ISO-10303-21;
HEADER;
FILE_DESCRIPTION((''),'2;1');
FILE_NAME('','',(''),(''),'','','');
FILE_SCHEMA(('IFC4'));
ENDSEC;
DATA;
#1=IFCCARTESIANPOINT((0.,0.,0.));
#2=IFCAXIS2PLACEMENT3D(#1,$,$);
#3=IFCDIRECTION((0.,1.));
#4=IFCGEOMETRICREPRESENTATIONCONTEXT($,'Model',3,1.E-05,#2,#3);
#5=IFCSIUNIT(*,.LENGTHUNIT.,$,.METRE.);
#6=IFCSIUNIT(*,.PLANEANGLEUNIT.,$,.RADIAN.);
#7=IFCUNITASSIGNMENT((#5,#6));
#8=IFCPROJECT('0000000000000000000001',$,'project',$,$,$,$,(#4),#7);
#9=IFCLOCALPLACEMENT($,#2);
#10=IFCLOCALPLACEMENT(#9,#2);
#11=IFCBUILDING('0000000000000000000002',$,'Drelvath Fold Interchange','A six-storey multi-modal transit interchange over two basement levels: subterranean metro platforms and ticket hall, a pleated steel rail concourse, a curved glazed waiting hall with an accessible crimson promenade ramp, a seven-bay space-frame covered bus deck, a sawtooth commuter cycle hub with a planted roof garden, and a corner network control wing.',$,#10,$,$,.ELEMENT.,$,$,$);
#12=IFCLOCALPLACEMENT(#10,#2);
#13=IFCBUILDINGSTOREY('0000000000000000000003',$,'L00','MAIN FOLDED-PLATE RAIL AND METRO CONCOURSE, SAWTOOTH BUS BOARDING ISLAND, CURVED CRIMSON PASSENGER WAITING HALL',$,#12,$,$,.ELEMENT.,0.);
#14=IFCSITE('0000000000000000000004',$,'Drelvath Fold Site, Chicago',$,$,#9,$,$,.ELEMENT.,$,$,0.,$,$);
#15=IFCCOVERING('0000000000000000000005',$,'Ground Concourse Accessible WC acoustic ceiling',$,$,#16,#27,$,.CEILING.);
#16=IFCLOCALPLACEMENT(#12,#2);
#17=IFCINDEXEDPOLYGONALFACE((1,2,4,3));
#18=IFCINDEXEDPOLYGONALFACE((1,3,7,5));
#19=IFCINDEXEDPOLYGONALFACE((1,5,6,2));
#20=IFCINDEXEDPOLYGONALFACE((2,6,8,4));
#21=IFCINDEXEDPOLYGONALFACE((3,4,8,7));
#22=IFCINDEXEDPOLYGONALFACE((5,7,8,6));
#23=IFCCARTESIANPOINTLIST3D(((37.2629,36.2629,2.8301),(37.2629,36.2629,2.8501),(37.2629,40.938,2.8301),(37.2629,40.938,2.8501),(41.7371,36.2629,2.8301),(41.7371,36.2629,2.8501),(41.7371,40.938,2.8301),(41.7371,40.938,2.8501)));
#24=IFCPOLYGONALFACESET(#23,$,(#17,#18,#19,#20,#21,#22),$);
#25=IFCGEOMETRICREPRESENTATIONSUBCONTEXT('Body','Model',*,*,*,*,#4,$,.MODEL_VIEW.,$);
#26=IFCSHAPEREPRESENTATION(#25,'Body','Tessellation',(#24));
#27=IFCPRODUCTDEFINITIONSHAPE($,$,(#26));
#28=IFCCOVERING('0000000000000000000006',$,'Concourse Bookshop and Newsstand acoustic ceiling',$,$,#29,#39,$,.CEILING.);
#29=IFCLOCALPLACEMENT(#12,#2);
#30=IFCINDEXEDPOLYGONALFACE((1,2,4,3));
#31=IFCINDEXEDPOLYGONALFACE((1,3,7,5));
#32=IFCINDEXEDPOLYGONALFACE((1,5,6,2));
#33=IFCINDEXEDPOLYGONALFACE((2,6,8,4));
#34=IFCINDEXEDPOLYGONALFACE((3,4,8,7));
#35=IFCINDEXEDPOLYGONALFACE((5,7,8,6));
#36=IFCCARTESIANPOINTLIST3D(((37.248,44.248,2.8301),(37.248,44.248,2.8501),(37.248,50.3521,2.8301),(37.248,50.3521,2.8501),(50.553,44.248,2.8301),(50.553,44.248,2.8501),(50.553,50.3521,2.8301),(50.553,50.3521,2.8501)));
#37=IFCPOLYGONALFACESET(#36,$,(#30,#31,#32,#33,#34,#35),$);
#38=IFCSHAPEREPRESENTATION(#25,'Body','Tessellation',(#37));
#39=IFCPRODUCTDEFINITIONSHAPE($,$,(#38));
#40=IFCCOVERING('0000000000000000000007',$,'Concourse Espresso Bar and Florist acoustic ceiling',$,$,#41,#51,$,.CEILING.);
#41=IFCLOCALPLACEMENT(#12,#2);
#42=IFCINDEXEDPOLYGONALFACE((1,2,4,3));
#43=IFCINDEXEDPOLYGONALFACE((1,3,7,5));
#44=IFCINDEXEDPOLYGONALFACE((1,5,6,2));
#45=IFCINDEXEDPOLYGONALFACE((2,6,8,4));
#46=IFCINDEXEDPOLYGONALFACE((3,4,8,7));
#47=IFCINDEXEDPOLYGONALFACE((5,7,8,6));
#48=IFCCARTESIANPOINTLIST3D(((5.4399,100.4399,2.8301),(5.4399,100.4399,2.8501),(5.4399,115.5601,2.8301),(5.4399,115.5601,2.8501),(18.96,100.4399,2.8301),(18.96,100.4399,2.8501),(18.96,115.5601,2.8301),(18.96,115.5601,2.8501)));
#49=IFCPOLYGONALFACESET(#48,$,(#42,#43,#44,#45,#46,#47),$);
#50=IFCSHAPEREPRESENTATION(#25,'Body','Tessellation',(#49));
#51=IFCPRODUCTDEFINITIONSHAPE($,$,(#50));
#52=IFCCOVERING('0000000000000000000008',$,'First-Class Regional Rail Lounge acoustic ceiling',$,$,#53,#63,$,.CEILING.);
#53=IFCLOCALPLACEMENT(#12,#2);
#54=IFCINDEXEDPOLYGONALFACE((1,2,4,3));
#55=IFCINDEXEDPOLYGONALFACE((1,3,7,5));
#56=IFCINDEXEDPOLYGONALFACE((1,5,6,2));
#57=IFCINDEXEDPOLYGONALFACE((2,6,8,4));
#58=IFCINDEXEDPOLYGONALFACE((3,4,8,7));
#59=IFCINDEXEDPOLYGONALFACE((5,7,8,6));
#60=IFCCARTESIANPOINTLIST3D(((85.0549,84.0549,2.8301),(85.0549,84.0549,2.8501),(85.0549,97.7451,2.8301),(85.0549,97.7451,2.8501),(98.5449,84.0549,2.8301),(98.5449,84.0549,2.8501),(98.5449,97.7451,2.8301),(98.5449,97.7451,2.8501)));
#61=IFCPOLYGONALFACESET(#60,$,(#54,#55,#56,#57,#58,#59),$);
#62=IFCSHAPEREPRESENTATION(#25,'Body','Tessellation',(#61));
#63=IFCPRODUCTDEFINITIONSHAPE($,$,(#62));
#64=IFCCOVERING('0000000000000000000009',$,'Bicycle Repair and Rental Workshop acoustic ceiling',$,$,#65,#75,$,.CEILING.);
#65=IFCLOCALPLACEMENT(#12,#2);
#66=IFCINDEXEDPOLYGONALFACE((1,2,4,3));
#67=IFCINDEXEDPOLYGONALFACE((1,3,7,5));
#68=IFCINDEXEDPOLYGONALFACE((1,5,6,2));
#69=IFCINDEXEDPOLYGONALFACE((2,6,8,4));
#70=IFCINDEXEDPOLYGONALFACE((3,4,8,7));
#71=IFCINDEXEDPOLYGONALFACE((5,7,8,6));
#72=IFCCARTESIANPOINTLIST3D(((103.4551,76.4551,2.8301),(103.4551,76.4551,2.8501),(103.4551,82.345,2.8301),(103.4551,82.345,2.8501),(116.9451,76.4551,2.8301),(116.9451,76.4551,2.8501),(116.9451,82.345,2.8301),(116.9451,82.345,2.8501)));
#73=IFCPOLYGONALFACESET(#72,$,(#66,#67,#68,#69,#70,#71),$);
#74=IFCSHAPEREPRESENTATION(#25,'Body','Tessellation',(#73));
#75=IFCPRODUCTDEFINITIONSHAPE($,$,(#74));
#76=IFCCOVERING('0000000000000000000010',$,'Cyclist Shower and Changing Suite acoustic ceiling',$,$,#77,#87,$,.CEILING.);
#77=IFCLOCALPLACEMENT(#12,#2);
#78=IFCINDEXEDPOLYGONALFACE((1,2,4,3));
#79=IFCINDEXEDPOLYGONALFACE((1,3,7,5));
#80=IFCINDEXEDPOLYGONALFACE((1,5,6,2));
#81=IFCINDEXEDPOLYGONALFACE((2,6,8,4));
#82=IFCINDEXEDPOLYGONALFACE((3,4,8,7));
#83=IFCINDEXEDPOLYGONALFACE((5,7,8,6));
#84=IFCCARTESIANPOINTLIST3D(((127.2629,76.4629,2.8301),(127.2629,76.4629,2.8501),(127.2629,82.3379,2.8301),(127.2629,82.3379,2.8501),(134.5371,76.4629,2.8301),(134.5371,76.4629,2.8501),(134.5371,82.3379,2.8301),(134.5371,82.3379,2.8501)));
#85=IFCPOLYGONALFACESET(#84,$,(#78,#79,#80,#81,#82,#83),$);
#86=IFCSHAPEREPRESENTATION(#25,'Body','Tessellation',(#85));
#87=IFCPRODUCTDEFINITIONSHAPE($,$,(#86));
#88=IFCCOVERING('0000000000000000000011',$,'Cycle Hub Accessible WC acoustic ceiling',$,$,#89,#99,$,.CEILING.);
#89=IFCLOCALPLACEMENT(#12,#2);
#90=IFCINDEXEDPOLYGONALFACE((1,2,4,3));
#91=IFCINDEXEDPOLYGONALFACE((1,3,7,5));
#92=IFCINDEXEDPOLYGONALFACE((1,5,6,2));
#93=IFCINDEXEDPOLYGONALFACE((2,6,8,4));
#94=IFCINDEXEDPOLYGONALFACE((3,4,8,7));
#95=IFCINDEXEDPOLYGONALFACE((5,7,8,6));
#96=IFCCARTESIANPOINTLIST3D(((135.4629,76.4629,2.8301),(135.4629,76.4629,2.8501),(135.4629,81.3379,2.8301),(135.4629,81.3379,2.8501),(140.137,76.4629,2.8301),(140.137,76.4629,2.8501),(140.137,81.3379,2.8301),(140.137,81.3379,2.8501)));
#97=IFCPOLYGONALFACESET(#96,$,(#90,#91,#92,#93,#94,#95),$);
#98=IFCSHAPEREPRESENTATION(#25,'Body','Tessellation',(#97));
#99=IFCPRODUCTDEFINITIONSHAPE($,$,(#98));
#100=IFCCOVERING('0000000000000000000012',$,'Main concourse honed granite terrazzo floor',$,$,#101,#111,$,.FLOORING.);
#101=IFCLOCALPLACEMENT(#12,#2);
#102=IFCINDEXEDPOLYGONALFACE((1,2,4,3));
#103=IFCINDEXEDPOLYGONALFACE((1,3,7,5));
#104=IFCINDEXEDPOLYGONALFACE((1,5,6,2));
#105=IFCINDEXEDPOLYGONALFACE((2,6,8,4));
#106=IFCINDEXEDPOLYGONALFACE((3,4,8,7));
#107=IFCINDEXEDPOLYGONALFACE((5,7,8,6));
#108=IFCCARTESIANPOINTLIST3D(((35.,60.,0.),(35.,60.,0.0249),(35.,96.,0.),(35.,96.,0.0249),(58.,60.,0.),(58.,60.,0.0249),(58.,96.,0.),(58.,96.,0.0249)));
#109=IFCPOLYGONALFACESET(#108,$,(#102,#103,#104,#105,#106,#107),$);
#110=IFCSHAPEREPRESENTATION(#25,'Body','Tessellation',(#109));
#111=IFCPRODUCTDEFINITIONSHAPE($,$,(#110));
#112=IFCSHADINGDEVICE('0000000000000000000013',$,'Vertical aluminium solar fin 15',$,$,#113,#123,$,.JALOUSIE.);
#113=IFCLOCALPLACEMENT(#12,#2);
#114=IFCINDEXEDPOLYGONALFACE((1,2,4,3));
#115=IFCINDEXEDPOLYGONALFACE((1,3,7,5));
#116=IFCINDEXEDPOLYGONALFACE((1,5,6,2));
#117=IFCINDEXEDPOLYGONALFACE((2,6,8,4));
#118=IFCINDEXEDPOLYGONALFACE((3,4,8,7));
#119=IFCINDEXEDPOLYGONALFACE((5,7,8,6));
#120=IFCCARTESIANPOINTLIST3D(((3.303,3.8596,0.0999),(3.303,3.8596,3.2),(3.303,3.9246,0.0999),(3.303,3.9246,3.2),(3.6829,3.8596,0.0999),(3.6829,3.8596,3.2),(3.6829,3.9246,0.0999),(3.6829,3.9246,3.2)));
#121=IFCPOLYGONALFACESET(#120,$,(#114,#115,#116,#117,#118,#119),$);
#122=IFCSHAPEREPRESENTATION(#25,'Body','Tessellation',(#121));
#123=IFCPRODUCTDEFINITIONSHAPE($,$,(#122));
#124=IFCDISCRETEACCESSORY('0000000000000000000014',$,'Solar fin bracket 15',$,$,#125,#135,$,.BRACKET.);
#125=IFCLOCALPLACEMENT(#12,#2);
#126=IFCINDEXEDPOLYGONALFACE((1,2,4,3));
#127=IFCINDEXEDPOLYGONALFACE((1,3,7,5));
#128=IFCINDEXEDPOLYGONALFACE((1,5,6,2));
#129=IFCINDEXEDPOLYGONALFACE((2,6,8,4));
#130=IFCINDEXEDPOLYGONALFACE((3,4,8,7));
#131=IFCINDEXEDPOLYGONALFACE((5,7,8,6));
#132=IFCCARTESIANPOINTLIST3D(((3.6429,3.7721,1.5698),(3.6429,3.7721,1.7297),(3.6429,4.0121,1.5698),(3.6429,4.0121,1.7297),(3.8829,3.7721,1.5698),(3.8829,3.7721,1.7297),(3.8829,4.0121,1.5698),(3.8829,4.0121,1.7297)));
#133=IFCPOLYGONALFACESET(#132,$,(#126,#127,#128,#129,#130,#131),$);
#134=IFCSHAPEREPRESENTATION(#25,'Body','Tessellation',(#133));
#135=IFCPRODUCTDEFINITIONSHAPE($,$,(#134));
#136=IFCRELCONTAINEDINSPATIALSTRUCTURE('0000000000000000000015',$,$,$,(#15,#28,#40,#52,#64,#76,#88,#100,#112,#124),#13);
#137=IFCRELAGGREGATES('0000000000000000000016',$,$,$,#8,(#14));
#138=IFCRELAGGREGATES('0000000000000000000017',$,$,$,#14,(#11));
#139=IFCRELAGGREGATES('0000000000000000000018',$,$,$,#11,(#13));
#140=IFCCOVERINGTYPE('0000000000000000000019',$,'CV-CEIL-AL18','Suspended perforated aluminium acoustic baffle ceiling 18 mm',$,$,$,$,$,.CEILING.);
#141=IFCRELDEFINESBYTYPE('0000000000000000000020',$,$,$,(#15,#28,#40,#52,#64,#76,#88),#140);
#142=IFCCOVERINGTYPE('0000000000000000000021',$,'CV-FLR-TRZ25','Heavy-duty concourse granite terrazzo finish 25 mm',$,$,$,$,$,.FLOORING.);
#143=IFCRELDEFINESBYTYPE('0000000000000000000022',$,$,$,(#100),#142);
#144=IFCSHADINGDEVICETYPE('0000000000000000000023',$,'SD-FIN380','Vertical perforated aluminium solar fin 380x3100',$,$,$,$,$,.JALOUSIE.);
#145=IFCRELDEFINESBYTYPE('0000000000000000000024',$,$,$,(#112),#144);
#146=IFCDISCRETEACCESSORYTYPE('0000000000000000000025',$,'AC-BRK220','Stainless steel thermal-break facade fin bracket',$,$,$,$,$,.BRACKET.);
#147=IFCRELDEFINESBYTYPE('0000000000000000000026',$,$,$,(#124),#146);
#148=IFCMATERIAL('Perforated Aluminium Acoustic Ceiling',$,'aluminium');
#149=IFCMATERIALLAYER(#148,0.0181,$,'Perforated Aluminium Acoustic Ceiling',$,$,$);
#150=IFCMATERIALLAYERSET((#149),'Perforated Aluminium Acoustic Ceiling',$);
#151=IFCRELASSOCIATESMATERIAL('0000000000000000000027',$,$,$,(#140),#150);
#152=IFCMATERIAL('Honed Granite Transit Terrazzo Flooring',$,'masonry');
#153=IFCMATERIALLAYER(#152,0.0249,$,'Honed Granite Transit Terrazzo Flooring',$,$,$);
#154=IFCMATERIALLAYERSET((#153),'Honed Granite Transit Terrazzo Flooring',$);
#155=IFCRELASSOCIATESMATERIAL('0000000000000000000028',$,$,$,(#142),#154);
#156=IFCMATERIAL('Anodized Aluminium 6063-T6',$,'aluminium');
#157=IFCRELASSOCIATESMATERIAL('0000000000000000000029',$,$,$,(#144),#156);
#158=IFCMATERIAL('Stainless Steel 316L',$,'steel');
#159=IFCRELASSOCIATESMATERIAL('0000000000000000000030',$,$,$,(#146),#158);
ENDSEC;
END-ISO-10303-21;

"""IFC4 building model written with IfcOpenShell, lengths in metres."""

from ifc_helpers import new_model, si_unit, direction, frame, origin, origin_2d, place, context, subcontext, project, spatial, polyline, rectangle, outline, extrude, material, layer, layer_set, type_object, element, save


model = new_model("IFC4")

# Units and contexts
model_context = context("Model", 3, precision=1e-05, world=origin(), true_north=direction((0.0, 1.0)))
body_context = subcontext(model_context, "Body", "Model", "MODEL_VIEW")
ifc_project = project(units=[si_unit("LENGTHUNIT", "METRE"), si_unit("PLANEANGLEUNIT", "RADIAN")], contexts=[model_context])

# Site, building, storey
site_placement = place(None, origin())
site = spatial("IfcSite", under=ifc_project, at=site_placement, Name="Drelvath Fold Site, Chicago", CompositionType="ELEMENT", RefElevation=0.0)
building_placement = place(site_placement, origin())
building = spatial("IfcBuilding", under=site, at=building_placement, Name="Drelvath Fold Interchange", Description="A six-storey multi-modal transit interchange over two basement levels: subterranean metro platforms and ticket hall, a pleated steel rail concourse, a curved glazed waiting hall with an accessible crimson promenade ramp, a seven-bay space-frame covered bus deck, a sawtooth commuter cycle hub with a planted roof garden, and a corner network control wing.", CompositionType="ELEMENT")
storey_placement = place(building_placement, origin())
storey = spatial("IfcBuildingStorey", under=building, at=storey_placement, Name="L00", Description="MAIN FOLDED-PLATE RAIL AND METRO CONCOURSE, SAWTOOTH BUS BOARDING ISLAND, CURVED CRIMSON PASSENGER WAITING HALL", CompositionType="ELEMENT", Elevation=0.0)

# Shared definitions
ifc_material_1 = material(Name="Anodized Aluminium 6063-T6", Category="aluminium")

# Coverings
ifc_material_2 = material(Name="Perforated Aluminium Acoustic Ceiling", Category="aluminium")
ifc_layer_1 = layer(ifc_material_2, 0.0181, Name="Perforated Aluminium Acoustic Ceiling")
ifc_layer_set_1 = layer_set([ifc_layer_1], Name="Perforated Aluminium Acoustic Ceiling")
covering_type_1 = type_object("IfcCoveringType", Name="CV-CEIL-AL18", Description="Suspended perforated aluminium acoustic baffle ceiling 18 mm", PredefinedType="CEILING", material=ifc_layer_set_1)
covering_1_placement = place(storey_placement, frame((0.0, 0.0, 2.8301)))
element("IfcCovering", 1, at=covering_1_placement, inside=storey, type_object=covering_type_1, Name="Ground Concourse Accessible WC acoustic ceiling", PredefinedType="CEILING", context=body_context, shape_type="SweptSolid", body=[
    extrude(outline(polyline([(37.2629, 36.2629), (41.7371, 36.2629), (41.7371, 40.938), (37.2629, 40.938), (37.2629, 36.2629)])), origin(), (0.0, 0.0, 1.0), 0.02),
])
covering_2_placement = place(storey_placement, frame((0.0, 0.0, 2.8301)))
element("IfcCovering", 2, at=covering_2_placement, inside=storey, type_object=covering_type_1, Name="Concourse Bookshop and Newsstand acoustic ceiling", PredefinedType="CEILING", context=body_context, shape_type="SweptSolid", body=[
    extrude(outline(polyline([(37.248, 44.248), (50.553, 44.248), (50.553, 50.3521), (37.248, 50.3521), (37.248, 44.248)])), origin(), (0.0, 0.0, 1.0), 0.02),
])
covering_3_placement = place(storey_placement, frame((0.0, 0.0, 2.8301)))
element("IfcCovering", 3, at=covering_3_placement, inside=storey, type_object=covering_type_1, Name="Concourse Espresso Bar and Florist acoustic ceiling", PredefinedType="CEILING", context=body_context, shape_type="SweptSolid", body=[
    extrude(outline(polyline([(5.4399, 100.4399), (18.96, 100.4399), (18.96, 115.5601), (5.4399, 115.5601), (5.4399, 100.4399)])), origin(), (0.0, 0.0, 1.0), 0.02),
])
covering_4_placement = place(storey_placement, frame((0.0, 0.0, 2.8301)))
element("IfcCovering", 4, at=covering_4_placement, inside=storey, type_object=covering_type_1, Name="First-Class Regional Rail Lounge acoustic ceiling", PredefinedType="CEILING", context=body_context, shape_type="SweptSolid", body=[
    extrude(outline(polyline([(85.0549, 84.0549), (98.5449, 84.0549), (98.5449, 97.7451), (85.0549, 97.7451), (85.0549, 84.0549)])), origin(), (0.0, 0.0, 1.0), 0.02),
])
covering_5_placement = place(storey_placement, frame((0.0, 0.0, 2.8301)))
element("IfcCovering", 5, at=covering_5_placement, inside=storey, type_object=covering_type_1, Name="Bicycle Repair and Rental Workshop acoustic ceiling", PredefinedType="CEILING", context=body_context, shape_type="SweptSolid", body=[
    extrude(outline(polyline([(103.4551, 76.4551), (116.9451, 76.4551), (116.9451, 82.345), (103.4551, 82.345), (103.4551, 76.4551)])), origin(), (0.0, 0.0, 1.0), 0.02),
])
covering_6_placement = place(storey_placement, frame((0.0, 0.0, 2.8301)))
element("IfcCovering", 6, at=covering_6_placement, inside=storey, type_object=covering_type_1, Name="Cyclist Shower and Changing Suite acoustic ceiling", PredefinedType="CEILING", context=body_context, shape_type="SweptSolid", body=[
    extrude(outline(polyline([(127.2629, 76.4629), (134.5371, 76.4629), (134.5371, 82.3379), (127.2629, 82.3379), (127.2629, 76.4629)])), origin(), (0.0, 0.0, 1.0), 0.02),
])
covering_7_placement = place(storey_placement, frame((0.0, 0.0, 2.8301)))
element("IfcCovering", 7, at=covering_7_placement, inside=storey, type_object=covering_type_1, Name="Cycle Hub Accessible WC acoustic ceiling", PredefinedType="CEILING", context=body_context, shape_type="SweptSolid", body=[
    extrude(outline(polyline([(135.4629, 76.4629), (140.137, 76.4629), (140.137, 81.3379), (135.4629, 81.3379), (135.4629, 76.4629)])), origin(), (0.0, 0.0, 1.0), 0.02),
])
ifc_material_3 = material(Name="Honed Granite Transit Terrazzo Flooring", Category="masonry")
ifc_layer_2 = layer(ifc_material_3, 0.0249, Name="Honed Granite Transit Terrazzo Flooring")
ifc_layer_set_2 = layer_set([ifc_layer_2], Name="Honed Granite Transit Terrazzo Flooring")
covering_type_2 = type_object("IfcCoveringType", Name="CV-FLR-TRZ25", Description="Heavy-duty concourse granite terrazzo finish 25 mm", PredefinedType="FLOORING", material=ifc_layer_set_2)
covering_8_placement = place(storey_placement, origin())
element("IfcCovering", 8, at=covering_8_placement, inside=storey, type_object=covering_type_2, Name="Main concourse honed granite terrazzo floor", PredefinedType="FLOORING", context=body_context, shape_type="SweptSolid", body=[
    extrude(outline(polyline([(35.0, 60.0), (58.0, 60.0), (58.0, 96.0), (35.0, 96.0), (35.0, 60.0)])), origin(), (0.0, 0.0, 1.0), 0.0249),
])

# Shading device
shading_device_type = type_object("IfcShadingDeviceType", Name="SD-FIN380", Description="Vertical perforated aluminium solar fin 380x3100", PredefinedType="JALOUSIE", material=ifc_material_1)
shading_device_placement = place(storey_placement, frame((3.4929, 3.8921, 0.0999), z_axis=(0.0, 0.0, 1.0), x_axis=(1.0, 0.0, 0.0)))
element("IfcShadingDevice", 9, at=shading_device_placement, inside=storey, type_object=shading_device_type, Name="Vertical aluminium solar fin 15", PredefinedType="JALOUSIE", context=body_context, shape_type="SweptSolid", body=[
    extrude(rectangle(XDim=0.3799, YDim=0.0649, at=origin_2d()), origin(), (0.0, 0.0, 1.0), 3.1001),
])

# Discrete accessory
ifc_material_4 = material(Name="Stainless Steel 316L", Category="steel")
discrete_accessory_type = type_object("IfcDiscreteAccessoryType", Name="AC-BRK220", Description="Stainless steel thermal-break facade fin bracket", PredefinedType="BRACKET", material=ifc_material_4)
discrete_accessory_placement = place(storey_placement, frame((3.7629, 3.8921, 1.5698), z_axis=(0.0, 0.0, 1.0), x_axis=(1.0, 0.0, 0.0)))
element("IfcDiscreteAccessory", 10, at=discrete_accessory_placement, inside=storey, type_object=discrete_accessory_type, Name="Solar fin bracket 15", PredefinedType="BRACKET", context=body_context, shape_type="SweptSolid", body=[
    extrude(rectangle(XDim=0.24, YDim=0.24, at=origin_2d()), origin(), (0.0, 0.0, 1.0), 0.1599),
])

save(model, "model.ifc")
